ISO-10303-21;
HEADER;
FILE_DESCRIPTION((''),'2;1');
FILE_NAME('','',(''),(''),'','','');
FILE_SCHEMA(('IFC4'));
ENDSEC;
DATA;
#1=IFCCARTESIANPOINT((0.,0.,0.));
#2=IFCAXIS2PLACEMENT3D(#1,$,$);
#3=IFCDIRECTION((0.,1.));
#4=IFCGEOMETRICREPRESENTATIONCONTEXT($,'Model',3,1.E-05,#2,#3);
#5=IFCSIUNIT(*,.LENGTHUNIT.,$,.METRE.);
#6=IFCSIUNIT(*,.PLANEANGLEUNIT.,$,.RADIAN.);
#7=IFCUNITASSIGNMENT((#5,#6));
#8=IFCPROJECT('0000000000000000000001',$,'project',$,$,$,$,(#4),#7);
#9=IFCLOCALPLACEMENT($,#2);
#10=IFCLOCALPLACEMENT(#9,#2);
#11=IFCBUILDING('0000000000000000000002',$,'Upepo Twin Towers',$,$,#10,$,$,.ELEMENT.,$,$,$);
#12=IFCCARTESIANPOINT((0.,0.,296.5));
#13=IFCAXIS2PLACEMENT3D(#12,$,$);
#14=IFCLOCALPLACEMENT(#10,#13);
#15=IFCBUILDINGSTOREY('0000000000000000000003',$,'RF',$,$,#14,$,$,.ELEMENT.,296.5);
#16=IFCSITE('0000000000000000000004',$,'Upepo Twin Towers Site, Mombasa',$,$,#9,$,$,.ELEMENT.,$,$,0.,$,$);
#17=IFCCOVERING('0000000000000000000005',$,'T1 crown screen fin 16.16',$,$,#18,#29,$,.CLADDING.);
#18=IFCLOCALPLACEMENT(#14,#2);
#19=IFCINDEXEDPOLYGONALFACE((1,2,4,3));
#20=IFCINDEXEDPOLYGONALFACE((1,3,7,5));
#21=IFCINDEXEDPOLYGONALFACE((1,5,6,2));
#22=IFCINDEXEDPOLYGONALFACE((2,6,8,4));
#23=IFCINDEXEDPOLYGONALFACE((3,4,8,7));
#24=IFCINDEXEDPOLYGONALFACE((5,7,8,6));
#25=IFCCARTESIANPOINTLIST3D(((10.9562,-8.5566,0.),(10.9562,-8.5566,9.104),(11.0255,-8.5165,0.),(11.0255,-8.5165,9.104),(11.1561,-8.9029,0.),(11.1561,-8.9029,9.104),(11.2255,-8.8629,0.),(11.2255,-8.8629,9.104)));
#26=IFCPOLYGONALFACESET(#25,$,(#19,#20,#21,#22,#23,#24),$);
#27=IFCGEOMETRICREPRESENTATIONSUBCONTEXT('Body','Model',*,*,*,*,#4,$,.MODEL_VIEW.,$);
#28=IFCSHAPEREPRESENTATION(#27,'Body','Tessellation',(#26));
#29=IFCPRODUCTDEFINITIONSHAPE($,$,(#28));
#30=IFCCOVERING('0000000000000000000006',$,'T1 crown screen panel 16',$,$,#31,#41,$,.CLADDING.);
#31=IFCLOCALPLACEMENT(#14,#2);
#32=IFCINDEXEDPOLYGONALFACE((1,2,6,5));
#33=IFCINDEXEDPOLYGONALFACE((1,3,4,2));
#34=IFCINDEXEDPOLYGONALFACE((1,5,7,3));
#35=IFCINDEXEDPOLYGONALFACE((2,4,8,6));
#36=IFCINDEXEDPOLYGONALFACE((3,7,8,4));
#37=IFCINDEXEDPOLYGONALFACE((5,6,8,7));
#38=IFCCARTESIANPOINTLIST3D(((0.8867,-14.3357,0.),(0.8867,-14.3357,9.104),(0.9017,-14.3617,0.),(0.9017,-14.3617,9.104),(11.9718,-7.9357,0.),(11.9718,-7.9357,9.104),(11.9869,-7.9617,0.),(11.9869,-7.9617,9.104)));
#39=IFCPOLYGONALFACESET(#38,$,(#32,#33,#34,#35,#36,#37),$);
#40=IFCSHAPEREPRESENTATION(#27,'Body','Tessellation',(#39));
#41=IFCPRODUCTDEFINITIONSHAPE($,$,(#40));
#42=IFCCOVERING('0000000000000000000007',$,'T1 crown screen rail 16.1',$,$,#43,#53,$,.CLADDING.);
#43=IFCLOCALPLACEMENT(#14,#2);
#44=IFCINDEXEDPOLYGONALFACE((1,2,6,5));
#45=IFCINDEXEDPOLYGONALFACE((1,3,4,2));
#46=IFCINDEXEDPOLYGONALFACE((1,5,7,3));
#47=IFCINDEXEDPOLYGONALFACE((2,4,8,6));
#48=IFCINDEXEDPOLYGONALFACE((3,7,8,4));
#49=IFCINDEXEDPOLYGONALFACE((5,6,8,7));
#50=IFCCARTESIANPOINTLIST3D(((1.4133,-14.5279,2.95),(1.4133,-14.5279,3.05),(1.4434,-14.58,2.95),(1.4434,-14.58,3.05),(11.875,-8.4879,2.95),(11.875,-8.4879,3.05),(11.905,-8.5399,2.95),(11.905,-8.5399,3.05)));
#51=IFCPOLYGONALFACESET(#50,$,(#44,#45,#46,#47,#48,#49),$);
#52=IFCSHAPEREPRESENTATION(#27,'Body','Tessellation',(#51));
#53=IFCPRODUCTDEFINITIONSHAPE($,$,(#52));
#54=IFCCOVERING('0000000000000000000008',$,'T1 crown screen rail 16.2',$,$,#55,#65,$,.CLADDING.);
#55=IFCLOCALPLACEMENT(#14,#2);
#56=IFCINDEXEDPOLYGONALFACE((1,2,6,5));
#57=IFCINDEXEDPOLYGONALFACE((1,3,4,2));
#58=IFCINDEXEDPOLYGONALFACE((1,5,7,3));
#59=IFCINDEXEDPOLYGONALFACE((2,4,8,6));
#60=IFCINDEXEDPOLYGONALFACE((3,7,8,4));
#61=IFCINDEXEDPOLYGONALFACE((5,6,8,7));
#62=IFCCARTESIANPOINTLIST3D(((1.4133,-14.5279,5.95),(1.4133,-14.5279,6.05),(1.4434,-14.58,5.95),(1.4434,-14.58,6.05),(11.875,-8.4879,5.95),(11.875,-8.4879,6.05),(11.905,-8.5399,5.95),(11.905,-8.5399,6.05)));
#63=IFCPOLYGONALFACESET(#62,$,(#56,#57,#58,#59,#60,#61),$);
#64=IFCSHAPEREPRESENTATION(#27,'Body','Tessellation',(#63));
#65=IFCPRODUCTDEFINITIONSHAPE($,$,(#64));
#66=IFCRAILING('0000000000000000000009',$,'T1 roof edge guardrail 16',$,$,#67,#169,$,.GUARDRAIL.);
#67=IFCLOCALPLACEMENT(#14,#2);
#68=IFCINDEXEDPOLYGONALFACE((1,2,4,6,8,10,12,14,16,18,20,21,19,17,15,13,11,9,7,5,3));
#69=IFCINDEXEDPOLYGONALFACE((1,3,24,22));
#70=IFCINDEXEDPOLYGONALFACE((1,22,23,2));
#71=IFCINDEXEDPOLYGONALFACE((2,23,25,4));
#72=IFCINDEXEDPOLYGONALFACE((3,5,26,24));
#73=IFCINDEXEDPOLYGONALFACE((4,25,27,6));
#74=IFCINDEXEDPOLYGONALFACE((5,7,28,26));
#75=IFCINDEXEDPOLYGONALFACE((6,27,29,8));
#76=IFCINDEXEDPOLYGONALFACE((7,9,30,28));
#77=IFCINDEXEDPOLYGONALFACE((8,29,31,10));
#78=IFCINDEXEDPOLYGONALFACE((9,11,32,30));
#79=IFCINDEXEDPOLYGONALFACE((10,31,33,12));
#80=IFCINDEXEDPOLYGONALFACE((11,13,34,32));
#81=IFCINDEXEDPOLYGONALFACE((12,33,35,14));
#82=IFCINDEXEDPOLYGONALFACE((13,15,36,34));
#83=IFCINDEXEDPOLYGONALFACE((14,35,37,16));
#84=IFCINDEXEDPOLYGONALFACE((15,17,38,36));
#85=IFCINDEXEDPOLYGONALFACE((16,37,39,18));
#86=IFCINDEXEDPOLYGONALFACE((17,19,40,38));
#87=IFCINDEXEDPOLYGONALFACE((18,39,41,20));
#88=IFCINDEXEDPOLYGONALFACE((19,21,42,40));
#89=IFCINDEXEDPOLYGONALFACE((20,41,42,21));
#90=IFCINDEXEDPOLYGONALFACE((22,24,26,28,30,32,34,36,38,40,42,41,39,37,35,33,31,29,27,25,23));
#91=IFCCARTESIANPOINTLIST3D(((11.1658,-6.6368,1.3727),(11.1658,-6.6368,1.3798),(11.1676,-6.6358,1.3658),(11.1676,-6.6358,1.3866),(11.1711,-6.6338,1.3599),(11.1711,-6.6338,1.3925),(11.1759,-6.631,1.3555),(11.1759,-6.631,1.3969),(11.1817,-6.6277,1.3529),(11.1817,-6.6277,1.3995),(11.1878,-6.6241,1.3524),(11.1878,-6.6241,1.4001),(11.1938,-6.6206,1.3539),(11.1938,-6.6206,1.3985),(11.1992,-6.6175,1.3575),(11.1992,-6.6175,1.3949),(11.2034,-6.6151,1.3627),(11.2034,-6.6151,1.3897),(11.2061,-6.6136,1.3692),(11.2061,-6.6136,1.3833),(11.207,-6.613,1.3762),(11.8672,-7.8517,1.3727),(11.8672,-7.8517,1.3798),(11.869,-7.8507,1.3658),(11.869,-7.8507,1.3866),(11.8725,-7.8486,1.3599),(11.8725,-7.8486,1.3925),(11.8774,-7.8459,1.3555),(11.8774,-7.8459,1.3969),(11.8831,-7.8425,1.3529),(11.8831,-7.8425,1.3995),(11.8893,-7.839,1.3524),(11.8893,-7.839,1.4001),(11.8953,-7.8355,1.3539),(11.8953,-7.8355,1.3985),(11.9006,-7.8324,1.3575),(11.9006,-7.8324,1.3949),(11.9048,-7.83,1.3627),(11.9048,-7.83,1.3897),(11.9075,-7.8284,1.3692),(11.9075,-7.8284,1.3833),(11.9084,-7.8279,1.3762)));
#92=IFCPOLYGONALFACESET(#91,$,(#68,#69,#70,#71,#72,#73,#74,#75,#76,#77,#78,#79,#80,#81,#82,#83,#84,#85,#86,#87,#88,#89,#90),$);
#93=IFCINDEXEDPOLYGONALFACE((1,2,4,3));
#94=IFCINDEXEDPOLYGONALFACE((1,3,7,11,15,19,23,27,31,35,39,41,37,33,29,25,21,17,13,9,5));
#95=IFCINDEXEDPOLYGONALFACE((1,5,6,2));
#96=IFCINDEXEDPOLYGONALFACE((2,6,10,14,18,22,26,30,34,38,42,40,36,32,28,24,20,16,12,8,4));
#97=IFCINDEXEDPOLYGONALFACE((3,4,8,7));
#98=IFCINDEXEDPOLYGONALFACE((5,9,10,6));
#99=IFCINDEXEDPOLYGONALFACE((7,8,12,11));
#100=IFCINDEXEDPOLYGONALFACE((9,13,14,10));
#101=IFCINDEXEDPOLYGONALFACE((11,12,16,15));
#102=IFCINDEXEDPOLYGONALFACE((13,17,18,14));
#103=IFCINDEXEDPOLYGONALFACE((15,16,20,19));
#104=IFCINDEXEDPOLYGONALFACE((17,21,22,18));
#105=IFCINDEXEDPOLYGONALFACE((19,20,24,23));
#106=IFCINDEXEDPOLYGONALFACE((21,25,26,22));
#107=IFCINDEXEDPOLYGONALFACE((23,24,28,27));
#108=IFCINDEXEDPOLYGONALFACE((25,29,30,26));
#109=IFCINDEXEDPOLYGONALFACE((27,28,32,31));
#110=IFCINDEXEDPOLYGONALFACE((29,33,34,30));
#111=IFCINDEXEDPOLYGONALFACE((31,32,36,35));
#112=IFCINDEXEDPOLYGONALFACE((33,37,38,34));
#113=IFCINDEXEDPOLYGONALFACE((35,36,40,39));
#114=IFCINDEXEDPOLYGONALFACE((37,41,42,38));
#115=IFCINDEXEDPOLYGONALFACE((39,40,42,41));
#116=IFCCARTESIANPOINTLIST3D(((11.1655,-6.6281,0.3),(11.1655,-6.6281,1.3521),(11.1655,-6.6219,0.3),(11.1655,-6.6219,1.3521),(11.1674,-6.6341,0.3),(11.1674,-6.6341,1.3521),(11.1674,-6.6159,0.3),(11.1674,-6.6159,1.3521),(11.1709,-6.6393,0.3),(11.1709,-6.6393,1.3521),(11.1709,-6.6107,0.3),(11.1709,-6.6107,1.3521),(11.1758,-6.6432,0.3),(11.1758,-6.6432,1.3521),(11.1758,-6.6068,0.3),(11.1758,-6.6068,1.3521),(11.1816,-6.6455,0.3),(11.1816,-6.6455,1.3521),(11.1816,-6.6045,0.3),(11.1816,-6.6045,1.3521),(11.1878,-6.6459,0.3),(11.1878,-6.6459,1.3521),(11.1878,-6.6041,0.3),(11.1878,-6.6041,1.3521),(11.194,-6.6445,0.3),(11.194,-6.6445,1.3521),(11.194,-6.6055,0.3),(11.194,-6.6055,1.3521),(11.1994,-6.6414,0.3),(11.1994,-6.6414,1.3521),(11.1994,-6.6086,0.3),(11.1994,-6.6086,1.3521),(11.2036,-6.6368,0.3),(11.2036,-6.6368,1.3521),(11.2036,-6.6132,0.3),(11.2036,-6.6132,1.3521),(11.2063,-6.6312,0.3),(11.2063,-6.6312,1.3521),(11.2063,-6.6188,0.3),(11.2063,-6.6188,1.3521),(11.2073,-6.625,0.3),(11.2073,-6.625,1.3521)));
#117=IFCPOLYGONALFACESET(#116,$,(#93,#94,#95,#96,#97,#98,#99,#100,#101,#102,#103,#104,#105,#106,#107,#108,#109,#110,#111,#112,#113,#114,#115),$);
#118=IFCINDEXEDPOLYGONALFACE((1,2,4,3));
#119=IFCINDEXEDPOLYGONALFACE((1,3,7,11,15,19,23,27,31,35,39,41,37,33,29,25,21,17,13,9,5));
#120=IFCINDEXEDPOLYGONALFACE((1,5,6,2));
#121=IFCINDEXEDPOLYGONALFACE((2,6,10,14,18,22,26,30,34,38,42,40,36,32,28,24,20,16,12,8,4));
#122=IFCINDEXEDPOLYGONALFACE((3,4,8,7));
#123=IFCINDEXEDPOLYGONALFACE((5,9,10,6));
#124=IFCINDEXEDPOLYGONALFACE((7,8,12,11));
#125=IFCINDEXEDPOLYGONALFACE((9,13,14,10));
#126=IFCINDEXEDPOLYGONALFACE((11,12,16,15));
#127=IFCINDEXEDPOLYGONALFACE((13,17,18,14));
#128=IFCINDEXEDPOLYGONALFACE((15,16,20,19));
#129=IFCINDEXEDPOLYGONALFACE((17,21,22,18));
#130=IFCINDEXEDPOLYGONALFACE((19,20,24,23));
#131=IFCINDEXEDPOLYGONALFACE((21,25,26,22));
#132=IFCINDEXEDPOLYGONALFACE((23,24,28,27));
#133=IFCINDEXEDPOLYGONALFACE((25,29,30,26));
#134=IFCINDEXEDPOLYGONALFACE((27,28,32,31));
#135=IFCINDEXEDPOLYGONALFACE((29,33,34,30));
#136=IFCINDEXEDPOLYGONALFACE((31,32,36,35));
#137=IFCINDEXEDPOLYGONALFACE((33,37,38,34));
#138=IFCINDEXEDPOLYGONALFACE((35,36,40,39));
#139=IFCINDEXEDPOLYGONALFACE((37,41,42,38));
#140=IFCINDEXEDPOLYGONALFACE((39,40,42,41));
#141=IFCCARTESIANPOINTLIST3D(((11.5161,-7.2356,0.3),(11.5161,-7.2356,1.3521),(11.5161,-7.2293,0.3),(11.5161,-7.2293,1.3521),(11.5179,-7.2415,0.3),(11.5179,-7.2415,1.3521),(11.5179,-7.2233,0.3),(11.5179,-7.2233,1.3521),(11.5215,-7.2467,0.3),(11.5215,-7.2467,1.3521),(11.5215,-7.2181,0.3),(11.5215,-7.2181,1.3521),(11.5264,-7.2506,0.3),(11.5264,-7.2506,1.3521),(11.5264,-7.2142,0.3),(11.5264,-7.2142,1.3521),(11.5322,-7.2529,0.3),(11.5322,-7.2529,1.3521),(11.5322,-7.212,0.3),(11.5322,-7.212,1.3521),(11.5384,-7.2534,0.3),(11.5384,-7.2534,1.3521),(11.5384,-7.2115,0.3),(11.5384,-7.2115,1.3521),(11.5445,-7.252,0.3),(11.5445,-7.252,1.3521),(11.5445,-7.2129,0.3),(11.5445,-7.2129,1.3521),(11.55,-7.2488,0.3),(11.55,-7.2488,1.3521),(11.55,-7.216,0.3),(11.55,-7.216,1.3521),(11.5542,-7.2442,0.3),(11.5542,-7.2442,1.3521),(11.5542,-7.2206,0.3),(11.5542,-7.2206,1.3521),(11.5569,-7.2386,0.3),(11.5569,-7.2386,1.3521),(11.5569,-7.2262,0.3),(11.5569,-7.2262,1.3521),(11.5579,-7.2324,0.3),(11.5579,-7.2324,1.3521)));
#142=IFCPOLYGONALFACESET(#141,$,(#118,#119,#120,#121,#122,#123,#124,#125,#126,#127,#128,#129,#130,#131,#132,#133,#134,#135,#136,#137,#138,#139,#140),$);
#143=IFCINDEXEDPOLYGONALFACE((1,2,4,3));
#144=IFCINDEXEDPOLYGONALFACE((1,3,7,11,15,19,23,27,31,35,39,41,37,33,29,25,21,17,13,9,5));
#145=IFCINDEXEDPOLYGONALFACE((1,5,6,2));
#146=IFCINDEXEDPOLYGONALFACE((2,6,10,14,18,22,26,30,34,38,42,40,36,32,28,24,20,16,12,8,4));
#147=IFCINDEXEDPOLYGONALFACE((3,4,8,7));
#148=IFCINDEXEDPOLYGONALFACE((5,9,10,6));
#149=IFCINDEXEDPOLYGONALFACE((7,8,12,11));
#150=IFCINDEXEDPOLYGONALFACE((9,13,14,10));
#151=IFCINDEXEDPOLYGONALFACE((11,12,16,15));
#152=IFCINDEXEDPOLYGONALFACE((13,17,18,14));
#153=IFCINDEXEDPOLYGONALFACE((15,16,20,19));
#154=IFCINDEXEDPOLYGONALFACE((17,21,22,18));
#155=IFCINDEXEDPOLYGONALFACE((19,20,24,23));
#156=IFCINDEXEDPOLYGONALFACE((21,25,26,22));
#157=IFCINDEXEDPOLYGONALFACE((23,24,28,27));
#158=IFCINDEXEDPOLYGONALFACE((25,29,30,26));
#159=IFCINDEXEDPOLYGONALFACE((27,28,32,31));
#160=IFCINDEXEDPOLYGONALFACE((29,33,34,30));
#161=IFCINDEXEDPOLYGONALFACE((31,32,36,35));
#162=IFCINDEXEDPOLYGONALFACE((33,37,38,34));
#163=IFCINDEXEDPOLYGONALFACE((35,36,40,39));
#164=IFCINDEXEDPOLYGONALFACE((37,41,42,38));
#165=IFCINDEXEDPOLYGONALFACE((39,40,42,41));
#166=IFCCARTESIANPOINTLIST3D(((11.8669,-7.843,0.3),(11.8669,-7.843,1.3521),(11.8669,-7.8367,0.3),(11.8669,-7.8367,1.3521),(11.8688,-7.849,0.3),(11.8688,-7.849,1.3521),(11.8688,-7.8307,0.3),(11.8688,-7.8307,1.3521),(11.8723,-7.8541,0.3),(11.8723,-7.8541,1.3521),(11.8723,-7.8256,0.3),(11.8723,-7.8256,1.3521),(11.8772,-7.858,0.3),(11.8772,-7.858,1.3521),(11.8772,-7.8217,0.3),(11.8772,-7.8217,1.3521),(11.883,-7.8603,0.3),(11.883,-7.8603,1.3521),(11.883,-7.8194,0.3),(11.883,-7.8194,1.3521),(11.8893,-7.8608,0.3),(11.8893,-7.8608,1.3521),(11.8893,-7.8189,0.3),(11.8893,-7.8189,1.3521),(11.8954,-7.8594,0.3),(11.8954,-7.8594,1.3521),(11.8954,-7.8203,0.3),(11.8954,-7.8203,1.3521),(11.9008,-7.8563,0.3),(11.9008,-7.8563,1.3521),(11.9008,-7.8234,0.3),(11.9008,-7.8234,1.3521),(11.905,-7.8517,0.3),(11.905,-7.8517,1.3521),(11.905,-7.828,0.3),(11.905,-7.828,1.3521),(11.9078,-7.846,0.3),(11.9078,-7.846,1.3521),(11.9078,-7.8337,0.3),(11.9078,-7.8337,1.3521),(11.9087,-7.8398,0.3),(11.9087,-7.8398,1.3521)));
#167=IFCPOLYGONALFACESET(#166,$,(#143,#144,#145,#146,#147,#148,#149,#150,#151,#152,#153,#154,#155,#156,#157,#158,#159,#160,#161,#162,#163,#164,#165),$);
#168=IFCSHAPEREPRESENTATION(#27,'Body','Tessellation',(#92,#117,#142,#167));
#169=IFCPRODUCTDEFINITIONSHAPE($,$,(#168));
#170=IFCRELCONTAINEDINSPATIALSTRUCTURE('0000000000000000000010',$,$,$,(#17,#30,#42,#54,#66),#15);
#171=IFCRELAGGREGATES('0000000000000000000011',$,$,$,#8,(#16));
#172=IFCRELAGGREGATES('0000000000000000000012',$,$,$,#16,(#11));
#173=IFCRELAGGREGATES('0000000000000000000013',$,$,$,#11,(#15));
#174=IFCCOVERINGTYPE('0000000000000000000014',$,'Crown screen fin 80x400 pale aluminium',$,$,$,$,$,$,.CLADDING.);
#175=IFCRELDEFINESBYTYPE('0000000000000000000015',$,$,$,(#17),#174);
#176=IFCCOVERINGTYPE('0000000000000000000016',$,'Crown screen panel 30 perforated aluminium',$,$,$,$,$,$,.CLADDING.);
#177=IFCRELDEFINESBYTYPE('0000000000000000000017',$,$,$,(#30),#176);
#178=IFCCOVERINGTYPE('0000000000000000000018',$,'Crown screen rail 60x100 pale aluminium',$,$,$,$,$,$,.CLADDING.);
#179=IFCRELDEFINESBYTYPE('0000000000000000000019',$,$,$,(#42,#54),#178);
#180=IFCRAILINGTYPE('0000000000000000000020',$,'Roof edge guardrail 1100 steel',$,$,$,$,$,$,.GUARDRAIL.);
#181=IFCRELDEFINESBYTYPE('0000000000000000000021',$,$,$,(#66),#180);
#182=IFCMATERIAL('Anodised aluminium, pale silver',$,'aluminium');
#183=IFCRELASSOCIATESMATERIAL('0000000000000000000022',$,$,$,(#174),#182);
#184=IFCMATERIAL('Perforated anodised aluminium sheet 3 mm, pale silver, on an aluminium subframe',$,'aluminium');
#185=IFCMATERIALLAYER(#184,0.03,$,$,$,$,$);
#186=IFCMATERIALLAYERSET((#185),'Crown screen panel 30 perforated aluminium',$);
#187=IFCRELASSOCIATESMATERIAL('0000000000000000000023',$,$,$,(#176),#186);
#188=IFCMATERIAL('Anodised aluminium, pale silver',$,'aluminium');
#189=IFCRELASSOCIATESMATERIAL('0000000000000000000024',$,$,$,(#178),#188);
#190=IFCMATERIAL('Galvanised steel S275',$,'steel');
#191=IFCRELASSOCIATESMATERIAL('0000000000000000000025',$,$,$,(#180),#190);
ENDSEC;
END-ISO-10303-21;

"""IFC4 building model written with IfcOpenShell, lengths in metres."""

from ifc_helpers import new_model, si_unit, direction, frame, origin, origin_2d, place, context, subcontext, project, spatial, rectangle, circle, extrude, material, layer, layer_set, type_object, element, save


model = new_model("IFC4")

# Units and contexts
model_context = context("Model", 3, precision=1e-05, world=origin(), true_north=direction((0.0, 1.0)))
body_context = subcontext(model_context, "Body", "Model", "MODEL_VIEW")
ifc_project = project(units=[si_unit("LENGTHUNIT", "METRE"), si_unit("PLANEANGLEUNIT", "RADIAN")], contexts=[model_context])

# Site, building, storey
site_placement = place(None, origin())
site = spatial("IfcSite", under=ifc_project, at=site_placement, Name="Upepo Twin Towers Site, Mombasa", CompositionType="ELEMENT", RefElevation=0.0)
building_placement = place(site_placement, origin())
building = spatial("IfcBuilding", under=site, at=building_placement, Name="Upepo Twin Towers", CompositionType="ELEMENT")
storey_placement = place(building_placement, frame((0.0, 0.0, 296.5)))
storey = spatial("IfcBuildingStorey", under=building, at=storey_placement, Name="RF", CompositionType="ELEMENT", Elevation=296.5)

# Coverings
ifc_material_1 = material(Name="Anodised aluminium, pale silver", Category="aluminium")
covering_type_1 = type_object("IfcCoveringType", Name="Crown screen fin 80x400 pale aluminium", PredefinedType="CLADDING", material=ifc_material_1)
for number, where, z_axis, x_axis, name in (
    (1, (11.0908, -8.7097, 0.0), (0.0, 0.0, 1.0), (0.866025, 0.5, 0.0), "T1 crown screen fin 16.16"),
):
    element("IfcCovering", number, at=place(storey_placement, frame(where, z_axis=z_axis, x_axis=x_axis)), inside=storey, type_object=covering_type_1, Name=name, PredefinedType="CLADDING", context=body_context, shape_type="SweptSolid", body=[
        extrude(rectangle(XDim=0.0801, YDim=0.3999, at=origin_2d()), origin(), (0.0, 0.0, 1.0), 9.104),
    ])
ifc_material_2 = material(Name="Perforated anodised aluminium sheet 3 mm, pale silver, on an aluminium subframe", Category="aluminium")
ifc_layer_1 = layer(ifc_material_2, 0.03)
ifc_layer_set_1 = layer_set([ifc_layer_1], Name="Crown screen panel 30 perforated aluminium")
covering_type_2 = type_object("IfcCoveringType", Name="Crown screen panel 30 perforated aluminium", PredefinedType="CLADDING", material=ifc_layer_set_1)
covering_placement = place(storey_placement, frame((6.4368, -11.1487, 0.0), z_axis=(0.0, 0.0, 1.0), x_axis=(0.866025, 0.5, 0.0)))
element("IfcCovering", 2, at=covering_placement, inside=storey, type_object=covering_type_2, Name="T1 crown screen panel 16", PredefinedType="CLADDING", context=body_context, shape_type="SweptSolid", body=[
    extrude(rectangle(XDim=12.8, YDim=0.03, at=origin_2d()), origin(), (0.0, 0.0, 1.0), 9.104),
])
ifc_material_3 = material(Name="Anodised aluminium, pale silver", Category="aluminium")
covering_type_3 = type_object("IfcCoveringType", Name="Crown screen rail 60x100 pale aluminium", PredefinedType="CLADDING", material=ifc_material_3)
for number, where, z_axis, x_axis, name in (
    (3, (6.6592, -11.5339, 2.95), (0.0, 0.0, 1.0), (0.866025, 0.5, 0.0), "T1 crown screen rail 16.1"),
    (4, (6.6592, -11.5339, 5.95), (0.0, 0.0, 1.0), (0.866025, 0.5, 0.0), "T1 crown screen rail 16.2"),
):
    element("IfcCovering", number, at=place(storey_placement, frame(where, z_axis=z_axis, x_axis=x_axis)), inside=storey, type_object=covering_type_3, Name=name, PredefinedType="CLADDING", context=body_context, shape_type="SweptSolid", body=[
        extrude(rectangle(XDim=12.0801, YDim=0.0601, at=origin_2d()), origin(), (0.0, 0.0, 1.0), 0.1001),
    ])

# Railing
ifc_material_4 = material(Name="Galvanised steel S275", Category="steel")
railing_type = type_object("IfcRailingType", Name="Roof edge guardrail 1100 steel", PredefinedType="GUARDRAIL", material=ifc_material_4)
railing_placement = place(storey_placement, frame((11.1863, -6.625, 0.3)))
element("IfcRailing", 5, at=railing_placement, inside=storey, type_object=railing_type, Name="T1 roof edge guardrail 16", PredefinedType="GUARDRAIL", context=body_context, shape_type="SweptSolid", body=[
    extrude(circle(Radius=0.0239, at=origin_2d()), frame((0.0, 0.0, 1.0762), z_axis=(0.500014, -0.866017, 0.0), x_axis=(0.866017, 0.500014, 0.0)), (0.0, 0.0, 1.0), 1.4028),
    extrude(circle(Radius=0.021, at=origin_2d()), origin(), (0.0, 0.0, 1.0), 1.052),
    extrude(circle(Radius=0.021, at=origin_2d()), frame((0.3506, -0.6074, 0.0)), (0.0, 0.0, 1.0), 1.052),
    extrude(circle(Radius=0.021, at=origin_2d()), frame((0.7014, -1.2148, 0.0)), (0.0, 0.0, 1.0), 1.052),
])

save(model, "model.ifc")
